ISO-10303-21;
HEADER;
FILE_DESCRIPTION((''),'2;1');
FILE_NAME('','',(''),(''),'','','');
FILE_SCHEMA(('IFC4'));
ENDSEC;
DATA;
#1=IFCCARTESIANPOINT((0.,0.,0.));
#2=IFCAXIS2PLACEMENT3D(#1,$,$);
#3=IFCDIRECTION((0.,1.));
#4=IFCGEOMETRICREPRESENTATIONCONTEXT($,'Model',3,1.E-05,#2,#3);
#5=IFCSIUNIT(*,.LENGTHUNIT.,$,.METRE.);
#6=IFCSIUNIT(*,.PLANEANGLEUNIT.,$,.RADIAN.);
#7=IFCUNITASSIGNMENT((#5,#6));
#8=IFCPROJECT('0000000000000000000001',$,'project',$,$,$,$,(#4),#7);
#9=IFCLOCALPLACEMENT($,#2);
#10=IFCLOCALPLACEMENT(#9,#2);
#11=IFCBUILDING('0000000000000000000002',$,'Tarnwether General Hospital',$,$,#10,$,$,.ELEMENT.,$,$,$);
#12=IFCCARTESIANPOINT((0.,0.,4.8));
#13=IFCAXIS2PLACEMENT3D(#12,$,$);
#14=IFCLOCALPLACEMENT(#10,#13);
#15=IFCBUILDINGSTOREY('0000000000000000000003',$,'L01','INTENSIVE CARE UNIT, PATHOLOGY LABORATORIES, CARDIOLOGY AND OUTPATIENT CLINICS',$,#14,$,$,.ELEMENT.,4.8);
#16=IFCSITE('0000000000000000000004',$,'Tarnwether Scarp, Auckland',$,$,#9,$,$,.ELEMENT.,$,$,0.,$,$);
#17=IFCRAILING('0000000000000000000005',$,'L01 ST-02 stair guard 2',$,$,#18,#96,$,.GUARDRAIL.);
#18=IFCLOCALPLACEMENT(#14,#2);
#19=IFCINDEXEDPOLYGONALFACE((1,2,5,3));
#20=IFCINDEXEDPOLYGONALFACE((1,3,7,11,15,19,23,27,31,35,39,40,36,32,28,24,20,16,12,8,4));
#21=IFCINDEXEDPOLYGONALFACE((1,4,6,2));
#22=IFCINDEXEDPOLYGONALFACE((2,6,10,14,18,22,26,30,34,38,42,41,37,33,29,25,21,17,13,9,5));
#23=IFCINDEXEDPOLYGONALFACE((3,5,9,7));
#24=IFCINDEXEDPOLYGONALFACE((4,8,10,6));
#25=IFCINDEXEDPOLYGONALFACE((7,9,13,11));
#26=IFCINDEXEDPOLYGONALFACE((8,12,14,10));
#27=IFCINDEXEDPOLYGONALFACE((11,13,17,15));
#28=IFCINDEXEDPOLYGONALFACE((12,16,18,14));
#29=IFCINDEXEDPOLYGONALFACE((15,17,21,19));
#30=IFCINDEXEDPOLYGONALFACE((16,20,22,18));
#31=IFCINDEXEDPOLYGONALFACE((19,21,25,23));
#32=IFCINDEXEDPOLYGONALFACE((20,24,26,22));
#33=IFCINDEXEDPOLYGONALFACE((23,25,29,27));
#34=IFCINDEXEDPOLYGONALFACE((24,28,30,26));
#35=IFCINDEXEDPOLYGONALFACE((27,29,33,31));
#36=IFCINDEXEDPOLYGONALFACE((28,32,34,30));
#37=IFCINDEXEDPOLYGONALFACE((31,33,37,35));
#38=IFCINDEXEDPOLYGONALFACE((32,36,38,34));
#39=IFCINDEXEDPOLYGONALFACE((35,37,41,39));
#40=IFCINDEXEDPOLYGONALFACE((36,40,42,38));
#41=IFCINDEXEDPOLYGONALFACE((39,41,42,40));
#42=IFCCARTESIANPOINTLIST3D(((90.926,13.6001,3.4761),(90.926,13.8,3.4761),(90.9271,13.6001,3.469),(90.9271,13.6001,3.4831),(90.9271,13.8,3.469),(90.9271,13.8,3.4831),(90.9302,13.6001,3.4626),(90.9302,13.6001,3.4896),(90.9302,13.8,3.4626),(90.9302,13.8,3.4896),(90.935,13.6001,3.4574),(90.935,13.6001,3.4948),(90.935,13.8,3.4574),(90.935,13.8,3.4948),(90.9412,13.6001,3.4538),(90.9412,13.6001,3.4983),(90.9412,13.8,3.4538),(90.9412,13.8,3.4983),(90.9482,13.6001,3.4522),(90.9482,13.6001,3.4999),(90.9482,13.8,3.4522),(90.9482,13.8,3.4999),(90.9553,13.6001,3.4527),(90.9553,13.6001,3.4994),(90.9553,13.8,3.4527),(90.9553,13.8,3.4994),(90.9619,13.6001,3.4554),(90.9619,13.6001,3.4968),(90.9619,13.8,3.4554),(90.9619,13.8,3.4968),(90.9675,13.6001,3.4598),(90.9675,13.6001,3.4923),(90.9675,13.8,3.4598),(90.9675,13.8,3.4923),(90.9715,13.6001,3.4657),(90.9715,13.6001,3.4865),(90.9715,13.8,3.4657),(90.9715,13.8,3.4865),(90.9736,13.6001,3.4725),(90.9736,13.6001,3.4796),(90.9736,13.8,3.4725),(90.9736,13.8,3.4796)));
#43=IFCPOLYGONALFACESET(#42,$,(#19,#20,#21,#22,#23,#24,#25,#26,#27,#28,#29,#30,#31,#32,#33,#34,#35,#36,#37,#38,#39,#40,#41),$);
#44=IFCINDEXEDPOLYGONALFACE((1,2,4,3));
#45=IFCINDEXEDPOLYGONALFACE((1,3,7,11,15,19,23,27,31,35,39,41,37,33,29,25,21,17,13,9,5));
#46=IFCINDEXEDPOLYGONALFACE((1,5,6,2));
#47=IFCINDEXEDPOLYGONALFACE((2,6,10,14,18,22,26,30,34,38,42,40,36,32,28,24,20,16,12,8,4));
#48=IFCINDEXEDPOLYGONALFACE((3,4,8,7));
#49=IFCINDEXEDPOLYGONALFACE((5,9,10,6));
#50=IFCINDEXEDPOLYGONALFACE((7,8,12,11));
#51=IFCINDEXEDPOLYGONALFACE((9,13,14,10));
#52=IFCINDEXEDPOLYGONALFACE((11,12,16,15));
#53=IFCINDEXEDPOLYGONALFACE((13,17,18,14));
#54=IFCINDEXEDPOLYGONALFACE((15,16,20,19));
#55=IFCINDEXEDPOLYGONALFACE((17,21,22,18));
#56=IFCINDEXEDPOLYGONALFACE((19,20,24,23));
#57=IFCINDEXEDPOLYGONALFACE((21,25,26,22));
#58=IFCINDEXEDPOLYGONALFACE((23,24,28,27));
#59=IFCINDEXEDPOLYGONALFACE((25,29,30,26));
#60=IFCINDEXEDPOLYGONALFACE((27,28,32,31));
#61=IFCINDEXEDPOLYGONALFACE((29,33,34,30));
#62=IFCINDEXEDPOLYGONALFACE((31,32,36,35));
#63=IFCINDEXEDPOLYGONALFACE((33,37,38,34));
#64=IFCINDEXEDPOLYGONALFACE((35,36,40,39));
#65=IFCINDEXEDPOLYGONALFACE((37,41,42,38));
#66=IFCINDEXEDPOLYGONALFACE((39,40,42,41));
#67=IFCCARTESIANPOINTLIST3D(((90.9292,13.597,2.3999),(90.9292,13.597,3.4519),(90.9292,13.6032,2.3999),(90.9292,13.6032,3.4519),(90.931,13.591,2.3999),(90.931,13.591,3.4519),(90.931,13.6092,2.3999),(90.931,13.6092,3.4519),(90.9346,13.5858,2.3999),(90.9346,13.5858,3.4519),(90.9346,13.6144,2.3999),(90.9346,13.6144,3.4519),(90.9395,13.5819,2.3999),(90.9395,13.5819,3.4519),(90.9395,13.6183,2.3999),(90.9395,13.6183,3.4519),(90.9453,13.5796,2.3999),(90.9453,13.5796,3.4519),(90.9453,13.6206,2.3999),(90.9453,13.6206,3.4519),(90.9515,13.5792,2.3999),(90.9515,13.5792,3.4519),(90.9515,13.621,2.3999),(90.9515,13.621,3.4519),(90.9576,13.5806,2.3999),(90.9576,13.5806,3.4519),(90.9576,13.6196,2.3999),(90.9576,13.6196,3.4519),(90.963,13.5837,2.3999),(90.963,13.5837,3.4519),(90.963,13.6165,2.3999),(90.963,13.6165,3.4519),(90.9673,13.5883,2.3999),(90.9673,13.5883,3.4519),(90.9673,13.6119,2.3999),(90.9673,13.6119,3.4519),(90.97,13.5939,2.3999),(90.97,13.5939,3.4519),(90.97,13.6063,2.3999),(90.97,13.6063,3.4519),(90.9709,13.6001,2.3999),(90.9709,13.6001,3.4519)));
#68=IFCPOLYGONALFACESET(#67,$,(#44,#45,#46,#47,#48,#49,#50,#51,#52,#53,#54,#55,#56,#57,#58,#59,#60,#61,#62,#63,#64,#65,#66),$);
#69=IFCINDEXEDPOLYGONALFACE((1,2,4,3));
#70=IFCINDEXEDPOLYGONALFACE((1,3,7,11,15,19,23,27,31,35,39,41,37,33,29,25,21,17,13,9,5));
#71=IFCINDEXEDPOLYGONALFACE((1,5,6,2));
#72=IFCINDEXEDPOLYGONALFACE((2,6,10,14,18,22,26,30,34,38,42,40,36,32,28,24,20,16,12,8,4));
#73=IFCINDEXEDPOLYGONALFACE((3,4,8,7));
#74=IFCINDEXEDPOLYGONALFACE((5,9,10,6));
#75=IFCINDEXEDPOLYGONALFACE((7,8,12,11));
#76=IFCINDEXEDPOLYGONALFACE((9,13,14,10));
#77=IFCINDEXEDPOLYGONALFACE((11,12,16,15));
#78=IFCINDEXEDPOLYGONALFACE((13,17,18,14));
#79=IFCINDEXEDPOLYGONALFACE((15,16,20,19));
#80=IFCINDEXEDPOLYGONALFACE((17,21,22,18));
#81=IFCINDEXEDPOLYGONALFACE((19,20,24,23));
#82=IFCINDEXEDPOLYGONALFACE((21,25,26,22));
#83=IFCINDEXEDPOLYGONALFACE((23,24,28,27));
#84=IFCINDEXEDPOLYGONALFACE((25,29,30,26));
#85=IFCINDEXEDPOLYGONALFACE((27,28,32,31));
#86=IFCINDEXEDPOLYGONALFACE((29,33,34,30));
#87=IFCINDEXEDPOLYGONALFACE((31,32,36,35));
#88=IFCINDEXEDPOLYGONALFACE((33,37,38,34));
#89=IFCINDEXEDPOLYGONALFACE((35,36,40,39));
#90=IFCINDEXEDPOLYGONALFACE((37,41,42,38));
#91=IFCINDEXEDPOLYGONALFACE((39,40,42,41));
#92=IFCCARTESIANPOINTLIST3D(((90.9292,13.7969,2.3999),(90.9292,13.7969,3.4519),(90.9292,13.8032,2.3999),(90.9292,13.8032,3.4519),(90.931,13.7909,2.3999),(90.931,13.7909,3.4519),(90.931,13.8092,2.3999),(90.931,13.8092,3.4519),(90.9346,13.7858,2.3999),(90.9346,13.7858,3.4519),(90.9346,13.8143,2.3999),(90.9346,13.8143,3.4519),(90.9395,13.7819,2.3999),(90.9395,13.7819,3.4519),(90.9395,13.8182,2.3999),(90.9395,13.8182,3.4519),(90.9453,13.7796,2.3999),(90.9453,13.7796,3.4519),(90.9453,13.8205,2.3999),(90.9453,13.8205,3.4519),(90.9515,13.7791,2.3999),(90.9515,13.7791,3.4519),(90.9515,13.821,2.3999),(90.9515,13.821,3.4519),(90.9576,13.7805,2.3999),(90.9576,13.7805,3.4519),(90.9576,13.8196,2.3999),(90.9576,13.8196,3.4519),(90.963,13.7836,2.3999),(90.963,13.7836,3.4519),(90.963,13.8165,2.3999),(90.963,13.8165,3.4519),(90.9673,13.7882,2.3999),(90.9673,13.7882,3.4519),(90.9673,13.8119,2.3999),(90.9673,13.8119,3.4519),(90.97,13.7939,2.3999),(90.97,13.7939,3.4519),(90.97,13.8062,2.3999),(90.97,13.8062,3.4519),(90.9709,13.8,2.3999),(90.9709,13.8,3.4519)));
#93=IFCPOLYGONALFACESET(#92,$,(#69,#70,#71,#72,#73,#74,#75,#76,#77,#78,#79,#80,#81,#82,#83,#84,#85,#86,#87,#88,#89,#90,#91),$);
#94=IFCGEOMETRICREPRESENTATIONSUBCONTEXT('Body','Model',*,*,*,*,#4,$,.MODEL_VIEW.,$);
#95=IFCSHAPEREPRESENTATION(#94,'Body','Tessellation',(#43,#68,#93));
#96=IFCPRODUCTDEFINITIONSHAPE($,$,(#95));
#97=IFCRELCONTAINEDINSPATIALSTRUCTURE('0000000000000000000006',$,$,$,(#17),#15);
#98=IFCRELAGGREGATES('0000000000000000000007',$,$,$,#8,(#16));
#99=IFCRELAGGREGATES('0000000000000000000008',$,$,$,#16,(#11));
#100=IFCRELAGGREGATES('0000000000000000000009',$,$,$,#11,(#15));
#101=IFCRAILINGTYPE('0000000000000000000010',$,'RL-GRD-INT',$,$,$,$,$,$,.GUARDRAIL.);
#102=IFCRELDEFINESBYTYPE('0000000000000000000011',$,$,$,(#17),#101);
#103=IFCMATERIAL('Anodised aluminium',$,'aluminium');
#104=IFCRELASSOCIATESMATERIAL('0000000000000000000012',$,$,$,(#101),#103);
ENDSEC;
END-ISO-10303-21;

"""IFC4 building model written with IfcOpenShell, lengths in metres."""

from ifc_helpers import new_model, si_unit, direction, frame, origin, origin_2d, place, context, subcontext, project, spatial, circle, extrude, material, type_object, element, save


model = new_model("IFC4")

# Units and contexts
model_context = context("Model", 3, precision=1e-05, world=origin(), true_north=direction((0.0, 1.0)))
body_context = subcontext(model_context, "Body", "Model", "MODEL_VIEW")
ifc_project = project(units=[si_unit("LENGTHUNIT", "METRE"), si_unit("PLANEANGLEUNIT", "RADIAN")], contexts=[model_context])

# Site, building, storey
site_placement = place(None, origin())
site = spatial("IfcSite", under=ifc_project, at=site_placement, Name="Tarnwether Scarp, Auckland", CompositionType="ELEMENT", RefElevation=0.0)
building_placement = place(site_placement, origin())
building = spatial("IfcBuilding", under=site, at=building_placement, Name="Tarnwether General Hospital", CompositionType="ELEMENT")
storey_placement = place(building_placement, frame((0.0, 0.0, 4.8)))
storey = spatial("IfcBuildingStorey", under=building, at=storey_placement, Name="L01", Description="INTENSIVE CARE UNIT, PATHOLOGY LABORATORIES, CARDIOLOGY AND OUTPATIENT CLINICS", CompositionType="ELEMENT", Elevation=4.8)

# Railing
ifc_material_1 = material(Name="Anodised aluminium", Category="aluminium")
railing_type_1 = type_object("IfcRailingType", Name="RL-GRD-INT", PredefinedType="GUARDRAIL", material=ifc_material_1)
railing_1_placement = place(storey_placement, frame((90.95, 13.6001, 2.3999)))
element("IfcRailing", 1, at=railing_1_placement, inside=storey, type_object=railing_type_1, Name="L01 ST-02 stair guard 2", PredefinedType="GUARDRAIL", context=body_context, shape_type="SweptSolid", body=[
    extrude(circle(Radius=0.0239, at=origin_2d()), frame((0.0, 0.0, 1.0762), z_axis=(0.0, 1.0, 0.0), x_axis=(-1.0, 0.0, 0.0)), (0.0, 0.0, 1.0), 0.2),
    extrude(circle(Radius=0.021, at=origin_2d()), origin(), (0.0, 0.0, 1.0), 1.052),
    extrude(circle(Radius=0.021, at=origin_2d()), frame((0.0, 0.2, 0.0)), (0.0, 0.0, 1.0), 1.052),
])

save(model, "model.ifc")
